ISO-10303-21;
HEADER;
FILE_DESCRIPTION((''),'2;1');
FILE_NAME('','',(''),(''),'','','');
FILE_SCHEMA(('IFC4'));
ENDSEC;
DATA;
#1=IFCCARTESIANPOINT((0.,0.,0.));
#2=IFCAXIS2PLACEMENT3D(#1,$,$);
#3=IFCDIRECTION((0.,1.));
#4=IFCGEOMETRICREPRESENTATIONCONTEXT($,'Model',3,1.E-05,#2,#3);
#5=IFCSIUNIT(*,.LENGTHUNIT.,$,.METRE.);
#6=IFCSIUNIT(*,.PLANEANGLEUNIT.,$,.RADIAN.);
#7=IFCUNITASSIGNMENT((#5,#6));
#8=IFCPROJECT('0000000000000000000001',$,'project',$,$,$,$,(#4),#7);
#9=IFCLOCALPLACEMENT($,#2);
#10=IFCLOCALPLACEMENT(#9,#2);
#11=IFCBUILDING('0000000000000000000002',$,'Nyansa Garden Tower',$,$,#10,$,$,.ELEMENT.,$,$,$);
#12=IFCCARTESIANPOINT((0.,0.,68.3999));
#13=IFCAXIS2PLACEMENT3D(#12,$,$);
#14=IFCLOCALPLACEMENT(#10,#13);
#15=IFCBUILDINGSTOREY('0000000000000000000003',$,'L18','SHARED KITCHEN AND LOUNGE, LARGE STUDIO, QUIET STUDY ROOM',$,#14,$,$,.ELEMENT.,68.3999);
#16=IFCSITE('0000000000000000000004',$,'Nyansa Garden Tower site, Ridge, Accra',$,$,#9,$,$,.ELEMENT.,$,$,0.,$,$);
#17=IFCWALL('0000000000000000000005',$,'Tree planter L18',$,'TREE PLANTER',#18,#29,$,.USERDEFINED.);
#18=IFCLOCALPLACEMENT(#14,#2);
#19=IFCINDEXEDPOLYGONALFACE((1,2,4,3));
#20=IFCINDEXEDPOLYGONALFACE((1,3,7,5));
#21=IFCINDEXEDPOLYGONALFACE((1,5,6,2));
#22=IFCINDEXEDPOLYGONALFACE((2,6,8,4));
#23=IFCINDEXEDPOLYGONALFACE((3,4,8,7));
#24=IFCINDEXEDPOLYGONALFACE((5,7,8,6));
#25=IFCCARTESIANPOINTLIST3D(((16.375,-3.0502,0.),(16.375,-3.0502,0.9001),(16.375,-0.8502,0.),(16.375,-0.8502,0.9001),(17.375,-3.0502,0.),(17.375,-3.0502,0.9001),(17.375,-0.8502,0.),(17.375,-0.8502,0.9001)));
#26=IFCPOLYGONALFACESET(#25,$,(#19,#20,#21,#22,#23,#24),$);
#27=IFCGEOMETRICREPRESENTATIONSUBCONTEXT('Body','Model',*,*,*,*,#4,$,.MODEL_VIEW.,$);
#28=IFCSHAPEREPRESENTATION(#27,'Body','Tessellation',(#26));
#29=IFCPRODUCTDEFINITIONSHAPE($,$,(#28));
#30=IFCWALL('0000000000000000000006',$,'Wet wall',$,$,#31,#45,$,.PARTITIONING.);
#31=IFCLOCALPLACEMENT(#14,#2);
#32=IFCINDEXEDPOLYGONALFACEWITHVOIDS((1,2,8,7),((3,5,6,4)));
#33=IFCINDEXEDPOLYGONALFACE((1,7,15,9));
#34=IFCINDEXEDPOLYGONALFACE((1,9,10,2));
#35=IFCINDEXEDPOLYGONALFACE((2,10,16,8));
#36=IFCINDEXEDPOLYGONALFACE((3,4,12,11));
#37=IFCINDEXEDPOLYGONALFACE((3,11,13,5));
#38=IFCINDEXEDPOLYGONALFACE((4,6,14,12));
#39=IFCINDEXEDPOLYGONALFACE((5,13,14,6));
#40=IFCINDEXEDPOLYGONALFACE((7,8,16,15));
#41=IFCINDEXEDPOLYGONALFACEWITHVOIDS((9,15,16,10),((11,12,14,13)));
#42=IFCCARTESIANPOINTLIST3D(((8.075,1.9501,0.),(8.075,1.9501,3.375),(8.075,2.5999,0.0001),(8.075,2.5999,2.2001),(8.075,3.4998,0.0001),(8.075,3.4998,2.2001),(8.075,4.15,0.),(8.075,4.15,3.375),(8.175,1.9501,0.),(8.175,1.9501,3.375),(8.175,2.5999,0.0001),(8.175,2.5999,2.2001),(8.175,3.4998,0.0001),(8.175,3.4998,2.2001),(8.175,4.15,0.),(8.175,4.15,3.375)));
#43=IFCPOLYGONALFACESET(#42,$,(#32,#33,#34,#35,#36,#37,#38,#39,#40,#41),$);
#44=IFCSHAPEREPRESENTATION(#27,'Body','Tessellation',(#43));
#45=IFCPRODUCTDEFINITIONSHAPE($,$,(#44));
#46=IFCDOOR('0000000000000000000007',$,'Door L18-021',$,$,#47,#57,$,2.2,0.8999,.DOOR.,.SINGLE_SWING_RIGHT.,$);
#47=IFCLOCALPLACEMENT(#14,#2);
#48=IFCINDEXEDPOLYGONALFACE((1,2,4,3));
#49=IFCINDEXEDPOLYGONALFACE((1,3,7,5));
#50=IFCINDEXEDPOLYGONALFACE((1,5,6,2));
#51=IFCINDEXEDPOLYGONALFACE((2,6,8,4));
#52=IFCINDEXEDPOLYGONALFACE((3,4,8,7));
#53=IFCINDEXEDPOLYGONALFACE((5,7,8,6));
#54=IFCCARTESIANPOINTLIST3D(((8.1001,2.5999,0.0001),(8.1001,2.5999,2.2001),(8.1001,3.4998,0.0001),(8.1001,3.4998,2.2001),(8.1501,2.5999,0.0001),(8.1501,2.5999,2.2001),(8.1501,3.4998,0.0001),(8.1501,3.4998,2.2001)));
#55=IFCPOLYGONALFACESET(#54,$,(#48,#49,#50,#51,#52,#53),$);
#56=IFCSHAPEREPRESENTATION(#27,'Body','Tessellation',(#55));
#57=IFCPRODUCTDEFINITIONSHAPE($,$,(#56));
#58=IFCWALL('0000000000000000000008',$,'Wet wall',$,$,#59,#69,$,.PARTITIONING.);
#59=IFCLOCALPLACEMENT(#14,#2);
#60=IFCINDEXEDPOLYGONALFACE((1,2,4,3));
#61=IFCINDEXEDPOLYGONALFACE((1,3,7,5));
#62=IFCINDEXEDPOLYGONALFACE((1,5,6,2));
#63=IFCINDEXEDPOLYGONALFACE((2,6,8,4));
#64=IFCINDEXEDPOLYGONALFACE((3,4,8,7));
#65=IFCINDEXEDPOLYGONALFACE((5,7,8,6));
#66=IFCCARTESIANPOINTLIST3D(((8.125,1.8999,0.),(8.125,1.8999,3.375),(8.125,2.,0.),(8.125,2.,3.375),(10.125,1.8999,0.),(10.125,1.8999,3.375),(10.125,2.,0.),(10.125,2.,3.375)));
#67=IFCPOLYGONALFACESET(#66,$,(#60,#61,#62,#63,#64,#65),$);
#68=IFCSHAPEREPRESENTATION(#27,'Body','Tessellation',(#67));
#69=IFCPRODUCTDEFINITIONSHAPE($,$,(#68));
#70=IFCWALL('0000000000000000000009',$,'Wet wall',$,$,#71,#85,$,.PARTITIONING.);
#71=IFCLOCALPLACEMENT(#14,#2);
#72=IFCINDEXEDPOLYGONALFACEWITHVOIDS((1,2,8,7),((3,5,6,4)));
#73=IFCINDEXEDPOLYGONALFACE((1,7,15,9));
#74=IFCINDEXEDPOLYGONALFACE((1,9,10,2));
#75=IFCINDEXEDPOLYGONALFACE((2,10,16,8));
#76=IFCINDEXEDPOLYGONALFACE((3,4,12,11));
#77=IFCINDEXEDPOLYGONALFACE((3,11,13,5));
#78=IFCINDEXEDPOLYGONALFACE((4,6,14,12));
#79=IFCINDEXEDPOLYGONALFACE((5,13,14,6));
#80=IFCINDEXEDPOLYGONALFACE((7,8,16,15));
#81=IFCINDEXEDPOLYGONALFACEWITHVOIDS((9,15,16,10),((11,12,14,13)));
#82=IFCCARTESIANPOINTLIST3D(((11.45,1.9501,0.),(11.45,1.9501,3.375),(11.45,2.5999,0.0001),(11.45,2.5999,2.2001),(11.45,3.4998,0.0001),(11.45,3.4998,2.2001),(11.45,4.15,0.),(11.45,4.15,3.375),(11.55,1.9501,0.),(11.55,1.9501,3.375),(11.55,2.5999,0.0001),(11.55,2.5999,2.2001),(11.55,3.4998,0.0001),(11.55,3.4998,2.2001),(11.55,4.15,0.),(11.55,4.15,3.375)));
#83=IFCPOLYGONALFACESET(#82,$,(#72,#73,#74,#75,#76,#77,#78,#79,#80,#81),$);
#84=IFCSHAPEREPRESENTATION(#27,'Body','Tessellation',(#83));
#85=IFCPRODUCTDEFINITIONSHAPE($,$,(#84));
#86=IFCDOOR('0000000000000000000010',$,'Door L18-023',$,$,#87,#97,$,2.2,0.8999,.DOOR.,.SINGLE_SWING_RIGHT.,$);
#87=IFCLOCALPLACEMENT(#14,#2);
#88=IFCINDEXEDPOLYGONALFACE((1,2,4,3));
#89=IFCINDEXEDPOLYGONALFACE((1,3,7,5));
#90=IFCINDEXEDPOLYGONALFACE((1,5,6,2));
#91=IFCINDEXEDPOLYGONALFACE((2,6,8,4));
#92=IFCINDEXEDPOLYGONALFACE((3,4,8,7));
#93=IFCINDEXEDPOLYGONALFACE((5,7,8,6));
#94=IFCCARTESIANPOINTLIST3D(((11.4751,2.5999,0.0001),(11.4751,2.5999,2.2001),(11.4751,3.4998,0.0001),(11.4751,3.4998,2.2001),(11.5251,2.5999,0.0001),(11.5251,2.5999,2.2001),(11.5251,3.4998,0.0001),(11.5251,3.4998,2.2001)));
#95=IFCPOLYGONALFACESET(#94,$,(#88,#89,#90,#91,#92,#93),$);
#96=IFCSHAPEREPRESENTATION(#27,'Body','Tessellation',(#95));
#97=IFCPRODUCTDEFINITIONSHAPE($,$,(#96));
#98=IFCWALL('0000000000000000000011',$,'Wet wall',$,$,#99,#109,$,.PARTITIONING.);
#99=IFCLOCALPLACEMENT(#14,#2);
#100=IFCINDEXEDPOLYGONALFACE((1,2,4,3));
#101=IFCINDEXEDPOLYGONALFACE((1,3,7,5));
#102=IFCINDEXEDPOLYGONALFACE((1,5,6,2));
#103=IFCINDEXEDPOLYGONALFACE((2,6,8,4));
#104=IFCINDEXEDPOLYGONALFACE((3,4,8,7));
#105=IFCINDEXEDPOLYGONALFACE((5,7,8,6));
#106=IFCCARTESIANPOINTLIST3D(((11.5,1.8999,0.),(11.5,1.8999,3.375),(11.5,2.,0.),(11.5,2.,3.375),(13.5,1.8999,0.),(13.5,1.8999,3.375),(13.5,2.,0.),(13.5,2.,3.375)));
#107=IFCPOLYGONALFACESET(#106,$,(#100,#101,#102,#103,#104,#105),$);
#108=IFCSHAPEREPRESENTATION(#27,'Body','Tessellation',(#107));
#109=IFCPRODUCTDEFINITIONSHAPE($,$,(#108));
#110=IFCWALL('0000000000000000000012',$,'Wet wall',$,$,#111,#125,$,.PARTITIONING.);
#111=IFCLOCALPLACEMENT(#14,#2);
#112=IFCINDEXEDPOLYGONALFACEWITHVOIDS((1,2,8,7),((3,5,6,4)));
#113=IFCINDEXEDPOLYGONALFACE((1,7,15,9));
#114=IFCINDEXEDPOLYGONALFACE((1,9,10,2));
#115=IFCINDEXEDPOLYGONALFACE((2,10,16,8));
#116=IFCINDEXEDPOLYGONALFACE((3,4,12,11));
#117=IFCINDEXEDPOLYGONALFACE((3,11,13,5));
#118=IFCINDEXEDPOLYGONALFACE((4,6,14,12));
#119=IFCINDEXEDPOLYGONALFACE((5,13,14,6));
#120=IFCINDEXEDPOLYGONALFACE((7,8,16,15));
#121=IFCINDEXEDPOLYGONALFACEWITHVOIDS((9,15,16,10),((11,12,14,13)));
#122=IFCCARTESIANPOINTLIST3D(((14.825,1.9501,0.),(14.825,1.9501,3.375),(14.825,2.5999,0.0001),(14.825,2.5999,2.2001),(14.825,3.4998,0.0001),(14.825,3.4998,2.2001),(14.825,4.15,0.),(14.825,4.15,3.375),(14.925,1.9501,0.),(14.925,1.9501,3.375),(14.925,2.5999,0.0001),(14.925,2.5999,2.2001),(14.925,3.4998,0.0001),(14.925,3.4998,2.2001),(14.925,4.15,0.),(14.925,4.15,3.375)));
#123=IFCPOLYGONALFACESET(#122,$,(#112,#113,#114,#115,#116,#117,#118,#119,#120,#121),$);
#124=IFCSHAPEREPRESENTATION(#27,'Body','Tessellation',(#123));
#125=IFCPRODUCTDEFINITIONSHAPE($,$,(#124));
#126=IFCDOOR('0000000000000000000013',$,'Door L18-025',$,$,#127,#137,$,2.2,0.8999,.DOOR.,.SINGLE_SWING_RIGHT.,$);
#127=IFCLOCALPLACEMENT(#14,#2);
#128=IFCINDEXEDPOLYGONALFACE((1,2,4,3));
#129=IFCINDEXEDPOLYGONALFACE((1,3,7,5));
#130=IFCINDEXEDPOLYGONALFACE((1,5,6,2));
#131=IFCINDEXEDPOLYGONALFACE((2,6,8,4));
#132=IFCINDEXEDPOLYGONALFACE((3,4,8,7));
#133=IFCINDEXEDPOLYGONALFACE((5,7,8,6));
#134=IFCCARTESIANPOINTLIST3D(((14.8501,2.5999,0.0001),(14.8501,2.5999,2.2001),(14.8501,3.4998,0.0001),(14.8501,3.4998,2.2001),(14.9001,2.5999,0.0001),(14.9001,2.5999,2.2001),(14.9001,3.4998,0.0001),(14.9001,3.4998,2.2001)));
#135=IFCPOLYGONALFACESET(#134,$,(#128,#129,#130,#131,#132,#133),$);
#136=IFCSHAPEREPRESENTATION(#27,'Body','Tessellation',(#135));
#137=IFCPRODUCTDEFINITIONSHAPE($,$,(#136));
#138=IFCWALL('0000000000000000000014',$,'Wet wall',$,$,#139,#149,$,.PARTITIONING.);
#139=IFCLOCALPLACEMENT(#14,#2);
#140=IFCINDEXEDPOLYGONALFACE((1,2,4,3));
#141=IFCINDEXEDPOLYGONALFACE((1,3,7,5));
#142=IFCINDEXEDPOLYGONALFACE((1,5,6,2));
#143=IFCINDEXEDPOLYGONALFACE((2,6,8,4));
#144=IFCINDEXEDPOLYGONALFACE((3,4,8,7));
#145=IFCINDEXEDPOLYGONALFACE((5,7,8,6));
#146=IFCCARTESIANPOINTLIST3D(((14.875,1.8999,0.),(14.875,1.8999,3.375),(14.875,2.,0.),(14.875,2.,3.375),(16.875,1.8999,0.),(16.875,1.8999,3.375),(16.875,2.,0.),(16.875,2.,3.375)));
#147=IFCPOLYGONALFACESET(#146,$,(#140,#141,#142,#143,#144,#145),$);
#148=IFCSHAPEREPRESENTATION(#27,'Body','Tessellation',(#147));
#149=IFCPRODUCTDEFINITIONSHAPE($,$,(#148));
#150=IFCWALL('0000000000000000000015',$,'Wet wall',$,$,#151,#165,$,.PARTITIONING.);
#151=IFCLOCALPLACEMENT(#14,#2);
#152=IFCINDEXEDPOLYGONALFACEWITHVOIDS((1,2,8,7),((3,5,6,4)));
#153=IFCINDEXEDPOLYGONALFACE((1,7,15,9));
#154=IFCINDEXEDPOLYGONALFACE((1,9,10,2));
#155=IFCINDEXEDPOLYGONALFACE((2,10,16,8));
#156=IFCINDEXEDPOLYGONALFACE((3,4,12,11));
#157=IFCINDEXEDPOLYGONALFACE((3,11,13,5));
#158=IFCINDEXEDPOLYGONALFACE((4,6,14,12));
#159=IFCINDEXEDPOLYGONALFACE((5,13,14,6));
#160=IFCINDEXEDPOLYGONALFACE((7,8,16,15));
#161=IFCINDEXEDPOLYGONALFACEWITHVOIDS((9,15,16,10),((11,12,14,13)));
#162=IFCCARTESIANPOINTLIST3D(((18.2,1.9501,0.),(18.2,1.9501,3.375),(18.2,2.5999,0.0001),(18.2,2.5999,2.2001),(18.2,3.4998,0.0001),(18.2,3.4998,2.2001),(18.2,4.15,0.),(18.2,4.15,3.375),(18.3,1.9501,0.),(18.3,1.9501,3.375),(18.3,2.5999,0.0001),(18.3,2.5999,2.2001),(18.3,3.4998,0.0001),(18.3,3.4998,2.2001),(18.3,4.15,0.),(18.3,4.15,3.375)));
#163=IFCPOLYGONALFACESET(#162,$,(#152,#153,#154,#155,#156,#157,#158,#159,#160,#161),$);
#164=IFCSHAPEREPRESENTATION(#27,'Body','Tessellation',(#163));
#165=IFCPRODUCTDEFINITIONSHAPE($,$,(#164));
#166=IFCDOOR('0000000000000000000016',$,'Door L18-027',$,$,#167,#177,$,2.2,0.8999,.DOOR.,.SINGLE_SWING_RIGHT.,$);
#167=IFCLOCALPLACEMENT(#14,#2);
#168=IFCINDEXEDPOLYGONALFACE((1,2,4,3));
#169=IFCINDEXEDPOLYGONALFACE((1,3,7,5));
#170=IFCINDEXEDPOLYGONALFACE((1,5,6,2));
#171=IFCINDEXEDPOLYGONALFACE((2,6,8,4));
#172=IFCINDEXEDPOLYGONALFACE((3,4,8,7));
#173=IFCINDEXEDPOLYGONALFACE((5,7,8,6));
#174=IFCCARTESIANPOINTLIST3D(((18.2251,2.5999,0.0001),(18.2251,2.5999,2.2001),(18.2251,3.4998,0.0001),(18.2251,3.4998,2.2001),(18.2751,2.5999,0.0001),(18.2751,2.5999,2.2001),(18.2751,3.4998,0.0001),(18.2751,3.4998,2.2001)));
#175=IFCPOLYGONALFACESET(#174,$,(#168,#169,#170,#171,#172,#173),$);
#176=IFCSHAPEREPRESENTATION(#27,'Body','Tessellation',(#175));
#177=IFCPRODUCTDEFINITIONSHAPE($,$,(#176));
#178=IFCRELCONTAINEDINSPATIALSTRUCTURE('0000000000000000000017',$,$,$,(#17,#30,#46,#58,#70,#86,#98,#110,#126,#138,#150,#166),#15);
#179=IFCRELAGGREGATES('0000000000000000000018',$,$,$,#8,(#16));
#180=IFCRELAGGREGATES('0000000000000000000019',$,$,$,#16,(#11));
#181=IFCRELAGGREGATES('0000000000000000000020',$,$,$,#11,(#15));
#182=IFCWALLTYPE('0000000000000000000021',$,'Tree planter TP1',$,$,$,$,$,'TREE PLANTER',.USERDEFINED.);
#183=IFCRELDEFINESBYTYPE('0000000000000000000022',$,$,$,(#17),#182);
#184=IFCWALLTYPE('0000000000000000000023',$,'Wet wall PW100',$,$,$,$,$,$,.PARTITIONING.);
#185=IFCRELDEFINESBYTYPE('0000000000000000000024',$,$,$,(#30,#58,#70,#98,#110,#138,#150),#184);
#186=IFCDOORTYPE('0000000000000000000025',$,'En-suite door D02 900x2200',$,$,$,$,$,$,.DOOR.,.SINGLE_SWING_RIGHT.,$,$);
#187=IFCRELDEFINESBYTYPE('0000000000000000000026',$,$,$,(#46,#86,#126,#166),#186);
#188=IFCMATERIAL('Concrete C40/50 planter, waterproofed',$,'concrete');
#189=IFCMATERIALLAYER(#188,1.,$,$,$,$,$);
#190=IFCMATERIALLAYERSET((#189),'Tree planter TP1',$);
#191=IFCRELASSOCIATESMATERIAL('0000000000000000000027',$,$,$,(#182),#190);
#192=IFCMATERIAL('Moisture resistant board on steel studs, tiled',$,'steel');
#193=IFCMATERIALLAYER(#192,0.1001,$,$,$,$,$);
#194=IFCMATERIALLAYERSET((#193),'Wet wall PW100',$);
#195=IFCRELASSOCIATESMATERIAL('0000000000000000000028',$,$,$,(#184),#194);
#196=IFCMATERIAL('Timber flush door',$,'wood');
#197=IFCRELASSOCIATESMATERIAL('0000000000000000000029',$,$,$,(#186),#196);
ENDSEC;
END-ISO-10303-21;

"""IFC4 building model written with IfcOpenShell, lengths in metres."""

from ifc_helpers import new_model, si_unit, direction, frame, frame_2d, origin, place, context, subcontext, project, spatial, rectangle, extrude, material, layer, layer_set, type_object, element, fill, save


model = new_model("IFC4")

# Units and contexts
model_context = context("Model", 3, precision=1e-05, world=origin(), true_north=direction((0.0, 1.0)))
body_context = subcontext(model_context, "Body", "Model", "MODEL_VIEW")
ifc_project = project(units=[si_unit("LENGTHUNIT", "METRE"), si_unit("PLANEANGLEUNIT", "RADIAN")], contexts=[model_context])

# Site, building, storey
site_placement = place(None, origin())
site = spatial("IfcSite", under=ifc_project, at=site_placement, Name="Nyansa Garden Tower site, Ridge, Accra", CompositionType="ELEMENT", RefElevation=0.0)
building_placement = place(site_placement, origin())
building = spatial("IfcBuilding", under=site, at=building_placement, Name="Nyansa Garden Tower", CompositionType="ELEMENT")
storey_placement = place(building_placement, frame((0.0, 0.0, 68.3999)))
storey = spatial("IfcBuildingStorey", under=building, at=storey_placement, Name="L18", Description="SHARED KITCHEN AND LOUNGE, LARGE STUDIO, QUIET STUDY ROOM", CompositionType="ELEMENT", Elevation=68.3999)

# Wall
ifc_material_1 = material(Name="Concrete C40/50 planter, waterproofed", Category="concrete")
ifc_layer_1 = layer(ifc_material_1, 1.0)
ifc_layer_set_1 = layer_set([ifc_layer_1], Name="Tree planter TP1")
wall_type_1 = type_object("IfcWallType", Name="Tree planter TP1", ElementType="TREE PLANTER", PredefinedType="USERDEFINED", material=ifc_layer_set_1)
wall_1_placement = place(storey_placement, frame((16.875, -0.8501, 0.0), z_axis=(0.0, 0.0, 1.0), x_axis=(0.0, -1.0, 0.0)))
element("IfcWall", 1, at=wall_1_placement, inside=storey, type_object=wall_type_1, Name="Tree planter L18", ObjectType="TREE PLANTER", PredefinedType="USERDEFINED", context=body_context, shape_type="SweptSolid", body=[
    extrude(rectangle(XDim=2.2, YDim=1.0, at=frame_2d((1.1001, 0.0))), origin(), (0.0, 0.0, 1.0), 0.9001),
])

# Wall, opening, door
ifc_material_2 = material(Name="Moisture resistant board on steel studs, tiled", Category="steel")
ifc_layer_2 = layer(ifc_material_2, 0.1001)
ifc_layer_set_2 = layer_set([ifc_layer_2], Name="Wet wall PW100")
wall_type_2 = type_object("IfcWallType", Name="Wet wall PW100", PredefinedType="PARTITIONING", material=ifc_layer_set_2)
wall_2_placement = place(storey_placement, frame((8.125, 1.95, 0.0), z_axis=(0.0, 0.0, 1.0), x_axis=(0.0, 1.0, 0.0)))
wall_2 = element("IfcWall", 2, at=wall_2_placement, inside=storey, type_object=wall_type_2, Name="Wet wall", PredefinedType="PARTITIONING", context=body_context, shape_type="SweptSolid", body=[
    extrude(rectangle(XDim=2.2, YDim=0.1001, at=frame_2d((1.1001, 0.0))), origin(), (0.0, 0.0, 1.0), 3.375),
])
opening_1_placement = place(wall_2_placement, frame((0.6499, 0.0, 0.0)))
opening_1 = element("IfcOpeningElement", 3, at=opening_1_placement, cuts=wall_2, PredefinedType="OPENING", context=body_context, shape_type="SweptSolid", body=[
    extrude(rectangle(XDim=0.8999, YDim=2.2, at=frame_2d((0.45, 1.1001))), frame((0.0, 0.0601, 0.0), z_axis=(0.0, -1.0, 0.0), x_axis=(1.0, 0.0, 0.0)), (0.0, 0.0, 1.0), 0.1201),
])
ifc_material_3 = material(Name="Timber flush door", Category="wood")
door_type = type_object("IfcDoorType", Name="En-suite door D02 900x2200", OperationType="SINGLE_SWING_RIGHT", PredefinedType="DOOR", material=ifc_material_3)
door_1_placement = place(opening_1_placement, origin())
door_1 = element("IfcDoor", 4, at=door_1_placement, inside=storey, type_object=door_type, Name="Door L18-021", OperationType="SINGLE_SWING_RIGHT", OverallHeight=2.2, OverallWidth=0.8999, PredefinedType="DOOR", context=body_context, shape_type="SweptSolid", body=[
    extrude(rectangle(XDim=0.8999, YDim=2.2, at=frame_2d((0.45, 1.1001))), frame((0.0, 0.0249, 0.0), z_axis=(0.0, -1.0, 0.0), x_axis=(1.0, 0.0, 0.0)), (0.0, 0.0, 1.0), 0.05),
])
fill(opening_1, door_1)

# Wall
wall_3_placement = place(storey_placement, frame((8.125, 1.95, 0.0), z_axis=(0.0, 0.0, 1.0), x_axis=(1.0, 0.0, 0.0)))
element("IfcWall", 5, at=wall_3_placement, inside=storey, type_object=wall_type_2, Name="Wet wall", PredefinedType="PARTITIONING", context=body_context, shape_type="SweptSolid", body=[
    extrude(rectangle(XDim=2.0, YDim=0.1001, at=frame_2d((1.0, 0.0))), origin(), (0.0, 0.0, 1.0), 3.375),
])

# Wall, opening, door
wall_4_placement = place(storey_placement, frame((11.5, 1.95, 0.0), z_axis=(0.0, 0.0, 1.0), x_axis=(0.0, 1.0, 0.0)))
wall_4 = element("IfcWall", 6, at=wall_4_placement, inside=storey, type_object=wall_type_2, Name="Wet wall", PredefinedType="PARTITIONING", context=body_context, shape_type="SweptSolid", body=[
    extrude(rectangle(XDim=2.2, YDim=0.1001, at=frame_2d((1.1001, 0.0))), origin(), (0.0, 0.0, 1.0), 3.375),
])
opening_2_placement = place(wall_4_placement, frame((0.6499, 0.0, 0.0)))
opening_2 = element("IfcOpeningElement", 7, at=opening_2_placement, cuts=wall_4, PredefinedType="OPENING", context=body_context, shape_type="SweptSolid", body=[
    extrude(rectangle(XDim=0.8999, YDim=2.2, at=frame_2d((0.45, 1.1001))), frame((0.0, 0.0601, 0.0), z_axis=(0.0, -1.0, 0.0), x_axis=(1.0, 0.0, 0.0)), (0.0, 0.0, 1.0), 0.1201),
])
door_2_placement = place(opening_2_placement, origin())
door_2 = element("IfcDoor", 8, at=door_2_placement, inside=storey, type_object=door_type, Name="Door L18-023", OperationType="SINGLE_SWING_RIGHT", OverallHeight=2.2, OverallWidth=0.8999, PredefinedType="DOOR", context=body_context, shape_type="SweptSolid", body=[
    extrude(rectangle(XDim=0.8999, YDim=2.2, at=frame_2d((0.45, 1.1001))), frame((0.0, 0.0249, 0.0), z_axis=(0.0, -1.0, 0.0), x_axis=(1.0, 0.0, 0.0)), (0.0, 0.0, 1.0), 0.05),
])
fill(opening_2, door_2)

# Wall
wall_5_placement = place(storey_placement, frame((11.5, 1.95, 0.0), z_axis=(0.0, 0.0, 1.0), x_axis=(1.0, 0.0, 0.0)))
element("IfcWall", 9, at=wall_5_placement, inside=storey, type_object=wall_type_2, Name="Wet wall", PredefinedType="PARTITIONING", context=body_context, shape_type="SweptSolid", body=[
    extrude(rectangle(XDim=2.0, YDim=0.1001, at=frame_2d((1.0, 0.0))), origin(), (0.0, 0.0, 1.0), 3.375),
])

# Wall, opening, door
wall_6_placement = place(storey_placement, frame((14.875, 1.95, 0.0), z_axis=(0.0, 0.0, 1.0), x_axis=(0.0, 1.0, 0.0)))
wall_6 = element("IfcWall", 10, at=wall_6_placement, inside=storey, type_object=wall_type_2, Name="Wet wall", PredefinedType="PARTITIONING", context=body_context, shape_type="SweptSolid", body=[
    extrude(rectangle(XDim=2.2, YDim=0.1001, at=frame_2d((1.1001, 0.0))), origin(), (0.0, 0.0, 1.0), 3.375),
])
opening_3_placement = place(wall_6_placement, frame((0.6499, 0.0, 0.0)))
opening_3 = element("IfcOpeningElement", 11, at=opening_3_placement, cuts=wall_6, PredefinedType="OPENING", context=body_context, shape_type="SweptSolid", body=[
    extrude(rectangle(XDim=0.8999, YDim=2.2, at=frame_2d((0.45, 1.1001))), frame((0.0, 0.0601, 0.0), z_axis=(0.0, -1.0, 0.0), x_axis=(1.0, 0.0, 0.0)), (0.0, 0.0, 1.0), 0.1201),
])
door_3_placement = place(opening_3_placement, origin())
door_3 = element("IfcDoor", 12, at=door_3_placement, inside=storey, type_object=door_type, Name="Door L18-025", OperationType="SINGLE_SWING_RIGHT", OverallHeight=2.2, OverallWidth=0.8999, PredefinedType="DOOR", context=body_context, shape_type="SweptSolid", body=[
    extrude(rectangle(XDim=0.8999, YDim=2.2, at=frame_2d((0.45, 1.1001))), frame((0.0, 0.0249, 0.0), z_axis=(0.0, -1.0, 0.0), x_axis=(1.0, 0.0, 0.0)), (0.0, 0.0, 1.0), 0.05),
])
fill(opening_3, door_3)

# Wall
wall_7_placement = place(storey_placement, frame((14.875, 1.95, 0.0), z_axis=(0.0, 0.0, 1.0), x_axis=(1.0, 0.0, 0.0)))
element("IfcWall", 13, at=wall_7_placement, inside=storey, type_object=wall_type_2, Name="Wet wall", PredefinedType="PARTITIONING", context=body_context, shape_type="SweptSolid", body=[
    extrude(rectangle(XDim=2.0, YDim=0.1001, at=frame_2d((1.0, 0.0))), origin(), (0.0, 0.0, 1.0), 3.375),
])

# Wall, opening, door
wall_8_placement = place(storey_placement, frame((18.25, 1.95, 0.0), z_axis=(0.0, 0.0, 1.0), x_axis=(0.0, 1.0, 0.0)))
wall_8 = element("IfcWall", 14, at=wall_8_placement, inside=storey, type_object=wall_type_2, Name="Wet wall", PredefinedType="PARTITIONING", context=body_context, shape_type="SweptSolid", body=[
    extrude(rectangle(XDim=2.2, YDim=0.1001, at=frame_2d((1.1001, 0.0))), origin(), (0.0, 0.0, 1.0), 3.375),
])
opening_4_placement = place(wall_8_placement, frame((0.6499, 0.0, 0.0)))
opening_4 = element("IfcOpeningElement", 15, at=opening_4_placement, cuts=wall_8, PredefinedType="OPENING", context=body_context, shape_type="SweptSolid", body=[
    extrude(rectangle(XDim=0.8999, YDim=2.2, at=frame_2d((0.45, 1.1001))), frame((0.0, 0.0601, 0.0), z_axis=(0.0, -1.0, 0.0), x_axis=(1.0, 0.0, 0.0)), (0.0, 0.0, 1.0), 0.1201),
])
door_4_placement = place(opening_4_placement, origin())
door_4 = element("IfcDoor", 16, at=door_4_placement, inside=storey, type_object=door_type, Name="Door L18-027", OperationType="SINGLE_SWING_RIGHT", OverallHeight=2.2, OverallWidth=0.8999, PredefinedType="DOOR", context=body_context, shape_type="SweptSolid", body=[
    extrude(rectangle(XDim=0.8999, YDim=2.2, at=frame_2d((0.45, 1.1001))), frame((0.0, 0.0249, 0.0), z_axis=(0.0, -1.0, 0.0), x_axis=(1.0, 0.0, 0.0)), (0.0, 0.0, 1.0), 0.05),
])
fill(opening_4, door_4)

save(model, "model.ifc")
